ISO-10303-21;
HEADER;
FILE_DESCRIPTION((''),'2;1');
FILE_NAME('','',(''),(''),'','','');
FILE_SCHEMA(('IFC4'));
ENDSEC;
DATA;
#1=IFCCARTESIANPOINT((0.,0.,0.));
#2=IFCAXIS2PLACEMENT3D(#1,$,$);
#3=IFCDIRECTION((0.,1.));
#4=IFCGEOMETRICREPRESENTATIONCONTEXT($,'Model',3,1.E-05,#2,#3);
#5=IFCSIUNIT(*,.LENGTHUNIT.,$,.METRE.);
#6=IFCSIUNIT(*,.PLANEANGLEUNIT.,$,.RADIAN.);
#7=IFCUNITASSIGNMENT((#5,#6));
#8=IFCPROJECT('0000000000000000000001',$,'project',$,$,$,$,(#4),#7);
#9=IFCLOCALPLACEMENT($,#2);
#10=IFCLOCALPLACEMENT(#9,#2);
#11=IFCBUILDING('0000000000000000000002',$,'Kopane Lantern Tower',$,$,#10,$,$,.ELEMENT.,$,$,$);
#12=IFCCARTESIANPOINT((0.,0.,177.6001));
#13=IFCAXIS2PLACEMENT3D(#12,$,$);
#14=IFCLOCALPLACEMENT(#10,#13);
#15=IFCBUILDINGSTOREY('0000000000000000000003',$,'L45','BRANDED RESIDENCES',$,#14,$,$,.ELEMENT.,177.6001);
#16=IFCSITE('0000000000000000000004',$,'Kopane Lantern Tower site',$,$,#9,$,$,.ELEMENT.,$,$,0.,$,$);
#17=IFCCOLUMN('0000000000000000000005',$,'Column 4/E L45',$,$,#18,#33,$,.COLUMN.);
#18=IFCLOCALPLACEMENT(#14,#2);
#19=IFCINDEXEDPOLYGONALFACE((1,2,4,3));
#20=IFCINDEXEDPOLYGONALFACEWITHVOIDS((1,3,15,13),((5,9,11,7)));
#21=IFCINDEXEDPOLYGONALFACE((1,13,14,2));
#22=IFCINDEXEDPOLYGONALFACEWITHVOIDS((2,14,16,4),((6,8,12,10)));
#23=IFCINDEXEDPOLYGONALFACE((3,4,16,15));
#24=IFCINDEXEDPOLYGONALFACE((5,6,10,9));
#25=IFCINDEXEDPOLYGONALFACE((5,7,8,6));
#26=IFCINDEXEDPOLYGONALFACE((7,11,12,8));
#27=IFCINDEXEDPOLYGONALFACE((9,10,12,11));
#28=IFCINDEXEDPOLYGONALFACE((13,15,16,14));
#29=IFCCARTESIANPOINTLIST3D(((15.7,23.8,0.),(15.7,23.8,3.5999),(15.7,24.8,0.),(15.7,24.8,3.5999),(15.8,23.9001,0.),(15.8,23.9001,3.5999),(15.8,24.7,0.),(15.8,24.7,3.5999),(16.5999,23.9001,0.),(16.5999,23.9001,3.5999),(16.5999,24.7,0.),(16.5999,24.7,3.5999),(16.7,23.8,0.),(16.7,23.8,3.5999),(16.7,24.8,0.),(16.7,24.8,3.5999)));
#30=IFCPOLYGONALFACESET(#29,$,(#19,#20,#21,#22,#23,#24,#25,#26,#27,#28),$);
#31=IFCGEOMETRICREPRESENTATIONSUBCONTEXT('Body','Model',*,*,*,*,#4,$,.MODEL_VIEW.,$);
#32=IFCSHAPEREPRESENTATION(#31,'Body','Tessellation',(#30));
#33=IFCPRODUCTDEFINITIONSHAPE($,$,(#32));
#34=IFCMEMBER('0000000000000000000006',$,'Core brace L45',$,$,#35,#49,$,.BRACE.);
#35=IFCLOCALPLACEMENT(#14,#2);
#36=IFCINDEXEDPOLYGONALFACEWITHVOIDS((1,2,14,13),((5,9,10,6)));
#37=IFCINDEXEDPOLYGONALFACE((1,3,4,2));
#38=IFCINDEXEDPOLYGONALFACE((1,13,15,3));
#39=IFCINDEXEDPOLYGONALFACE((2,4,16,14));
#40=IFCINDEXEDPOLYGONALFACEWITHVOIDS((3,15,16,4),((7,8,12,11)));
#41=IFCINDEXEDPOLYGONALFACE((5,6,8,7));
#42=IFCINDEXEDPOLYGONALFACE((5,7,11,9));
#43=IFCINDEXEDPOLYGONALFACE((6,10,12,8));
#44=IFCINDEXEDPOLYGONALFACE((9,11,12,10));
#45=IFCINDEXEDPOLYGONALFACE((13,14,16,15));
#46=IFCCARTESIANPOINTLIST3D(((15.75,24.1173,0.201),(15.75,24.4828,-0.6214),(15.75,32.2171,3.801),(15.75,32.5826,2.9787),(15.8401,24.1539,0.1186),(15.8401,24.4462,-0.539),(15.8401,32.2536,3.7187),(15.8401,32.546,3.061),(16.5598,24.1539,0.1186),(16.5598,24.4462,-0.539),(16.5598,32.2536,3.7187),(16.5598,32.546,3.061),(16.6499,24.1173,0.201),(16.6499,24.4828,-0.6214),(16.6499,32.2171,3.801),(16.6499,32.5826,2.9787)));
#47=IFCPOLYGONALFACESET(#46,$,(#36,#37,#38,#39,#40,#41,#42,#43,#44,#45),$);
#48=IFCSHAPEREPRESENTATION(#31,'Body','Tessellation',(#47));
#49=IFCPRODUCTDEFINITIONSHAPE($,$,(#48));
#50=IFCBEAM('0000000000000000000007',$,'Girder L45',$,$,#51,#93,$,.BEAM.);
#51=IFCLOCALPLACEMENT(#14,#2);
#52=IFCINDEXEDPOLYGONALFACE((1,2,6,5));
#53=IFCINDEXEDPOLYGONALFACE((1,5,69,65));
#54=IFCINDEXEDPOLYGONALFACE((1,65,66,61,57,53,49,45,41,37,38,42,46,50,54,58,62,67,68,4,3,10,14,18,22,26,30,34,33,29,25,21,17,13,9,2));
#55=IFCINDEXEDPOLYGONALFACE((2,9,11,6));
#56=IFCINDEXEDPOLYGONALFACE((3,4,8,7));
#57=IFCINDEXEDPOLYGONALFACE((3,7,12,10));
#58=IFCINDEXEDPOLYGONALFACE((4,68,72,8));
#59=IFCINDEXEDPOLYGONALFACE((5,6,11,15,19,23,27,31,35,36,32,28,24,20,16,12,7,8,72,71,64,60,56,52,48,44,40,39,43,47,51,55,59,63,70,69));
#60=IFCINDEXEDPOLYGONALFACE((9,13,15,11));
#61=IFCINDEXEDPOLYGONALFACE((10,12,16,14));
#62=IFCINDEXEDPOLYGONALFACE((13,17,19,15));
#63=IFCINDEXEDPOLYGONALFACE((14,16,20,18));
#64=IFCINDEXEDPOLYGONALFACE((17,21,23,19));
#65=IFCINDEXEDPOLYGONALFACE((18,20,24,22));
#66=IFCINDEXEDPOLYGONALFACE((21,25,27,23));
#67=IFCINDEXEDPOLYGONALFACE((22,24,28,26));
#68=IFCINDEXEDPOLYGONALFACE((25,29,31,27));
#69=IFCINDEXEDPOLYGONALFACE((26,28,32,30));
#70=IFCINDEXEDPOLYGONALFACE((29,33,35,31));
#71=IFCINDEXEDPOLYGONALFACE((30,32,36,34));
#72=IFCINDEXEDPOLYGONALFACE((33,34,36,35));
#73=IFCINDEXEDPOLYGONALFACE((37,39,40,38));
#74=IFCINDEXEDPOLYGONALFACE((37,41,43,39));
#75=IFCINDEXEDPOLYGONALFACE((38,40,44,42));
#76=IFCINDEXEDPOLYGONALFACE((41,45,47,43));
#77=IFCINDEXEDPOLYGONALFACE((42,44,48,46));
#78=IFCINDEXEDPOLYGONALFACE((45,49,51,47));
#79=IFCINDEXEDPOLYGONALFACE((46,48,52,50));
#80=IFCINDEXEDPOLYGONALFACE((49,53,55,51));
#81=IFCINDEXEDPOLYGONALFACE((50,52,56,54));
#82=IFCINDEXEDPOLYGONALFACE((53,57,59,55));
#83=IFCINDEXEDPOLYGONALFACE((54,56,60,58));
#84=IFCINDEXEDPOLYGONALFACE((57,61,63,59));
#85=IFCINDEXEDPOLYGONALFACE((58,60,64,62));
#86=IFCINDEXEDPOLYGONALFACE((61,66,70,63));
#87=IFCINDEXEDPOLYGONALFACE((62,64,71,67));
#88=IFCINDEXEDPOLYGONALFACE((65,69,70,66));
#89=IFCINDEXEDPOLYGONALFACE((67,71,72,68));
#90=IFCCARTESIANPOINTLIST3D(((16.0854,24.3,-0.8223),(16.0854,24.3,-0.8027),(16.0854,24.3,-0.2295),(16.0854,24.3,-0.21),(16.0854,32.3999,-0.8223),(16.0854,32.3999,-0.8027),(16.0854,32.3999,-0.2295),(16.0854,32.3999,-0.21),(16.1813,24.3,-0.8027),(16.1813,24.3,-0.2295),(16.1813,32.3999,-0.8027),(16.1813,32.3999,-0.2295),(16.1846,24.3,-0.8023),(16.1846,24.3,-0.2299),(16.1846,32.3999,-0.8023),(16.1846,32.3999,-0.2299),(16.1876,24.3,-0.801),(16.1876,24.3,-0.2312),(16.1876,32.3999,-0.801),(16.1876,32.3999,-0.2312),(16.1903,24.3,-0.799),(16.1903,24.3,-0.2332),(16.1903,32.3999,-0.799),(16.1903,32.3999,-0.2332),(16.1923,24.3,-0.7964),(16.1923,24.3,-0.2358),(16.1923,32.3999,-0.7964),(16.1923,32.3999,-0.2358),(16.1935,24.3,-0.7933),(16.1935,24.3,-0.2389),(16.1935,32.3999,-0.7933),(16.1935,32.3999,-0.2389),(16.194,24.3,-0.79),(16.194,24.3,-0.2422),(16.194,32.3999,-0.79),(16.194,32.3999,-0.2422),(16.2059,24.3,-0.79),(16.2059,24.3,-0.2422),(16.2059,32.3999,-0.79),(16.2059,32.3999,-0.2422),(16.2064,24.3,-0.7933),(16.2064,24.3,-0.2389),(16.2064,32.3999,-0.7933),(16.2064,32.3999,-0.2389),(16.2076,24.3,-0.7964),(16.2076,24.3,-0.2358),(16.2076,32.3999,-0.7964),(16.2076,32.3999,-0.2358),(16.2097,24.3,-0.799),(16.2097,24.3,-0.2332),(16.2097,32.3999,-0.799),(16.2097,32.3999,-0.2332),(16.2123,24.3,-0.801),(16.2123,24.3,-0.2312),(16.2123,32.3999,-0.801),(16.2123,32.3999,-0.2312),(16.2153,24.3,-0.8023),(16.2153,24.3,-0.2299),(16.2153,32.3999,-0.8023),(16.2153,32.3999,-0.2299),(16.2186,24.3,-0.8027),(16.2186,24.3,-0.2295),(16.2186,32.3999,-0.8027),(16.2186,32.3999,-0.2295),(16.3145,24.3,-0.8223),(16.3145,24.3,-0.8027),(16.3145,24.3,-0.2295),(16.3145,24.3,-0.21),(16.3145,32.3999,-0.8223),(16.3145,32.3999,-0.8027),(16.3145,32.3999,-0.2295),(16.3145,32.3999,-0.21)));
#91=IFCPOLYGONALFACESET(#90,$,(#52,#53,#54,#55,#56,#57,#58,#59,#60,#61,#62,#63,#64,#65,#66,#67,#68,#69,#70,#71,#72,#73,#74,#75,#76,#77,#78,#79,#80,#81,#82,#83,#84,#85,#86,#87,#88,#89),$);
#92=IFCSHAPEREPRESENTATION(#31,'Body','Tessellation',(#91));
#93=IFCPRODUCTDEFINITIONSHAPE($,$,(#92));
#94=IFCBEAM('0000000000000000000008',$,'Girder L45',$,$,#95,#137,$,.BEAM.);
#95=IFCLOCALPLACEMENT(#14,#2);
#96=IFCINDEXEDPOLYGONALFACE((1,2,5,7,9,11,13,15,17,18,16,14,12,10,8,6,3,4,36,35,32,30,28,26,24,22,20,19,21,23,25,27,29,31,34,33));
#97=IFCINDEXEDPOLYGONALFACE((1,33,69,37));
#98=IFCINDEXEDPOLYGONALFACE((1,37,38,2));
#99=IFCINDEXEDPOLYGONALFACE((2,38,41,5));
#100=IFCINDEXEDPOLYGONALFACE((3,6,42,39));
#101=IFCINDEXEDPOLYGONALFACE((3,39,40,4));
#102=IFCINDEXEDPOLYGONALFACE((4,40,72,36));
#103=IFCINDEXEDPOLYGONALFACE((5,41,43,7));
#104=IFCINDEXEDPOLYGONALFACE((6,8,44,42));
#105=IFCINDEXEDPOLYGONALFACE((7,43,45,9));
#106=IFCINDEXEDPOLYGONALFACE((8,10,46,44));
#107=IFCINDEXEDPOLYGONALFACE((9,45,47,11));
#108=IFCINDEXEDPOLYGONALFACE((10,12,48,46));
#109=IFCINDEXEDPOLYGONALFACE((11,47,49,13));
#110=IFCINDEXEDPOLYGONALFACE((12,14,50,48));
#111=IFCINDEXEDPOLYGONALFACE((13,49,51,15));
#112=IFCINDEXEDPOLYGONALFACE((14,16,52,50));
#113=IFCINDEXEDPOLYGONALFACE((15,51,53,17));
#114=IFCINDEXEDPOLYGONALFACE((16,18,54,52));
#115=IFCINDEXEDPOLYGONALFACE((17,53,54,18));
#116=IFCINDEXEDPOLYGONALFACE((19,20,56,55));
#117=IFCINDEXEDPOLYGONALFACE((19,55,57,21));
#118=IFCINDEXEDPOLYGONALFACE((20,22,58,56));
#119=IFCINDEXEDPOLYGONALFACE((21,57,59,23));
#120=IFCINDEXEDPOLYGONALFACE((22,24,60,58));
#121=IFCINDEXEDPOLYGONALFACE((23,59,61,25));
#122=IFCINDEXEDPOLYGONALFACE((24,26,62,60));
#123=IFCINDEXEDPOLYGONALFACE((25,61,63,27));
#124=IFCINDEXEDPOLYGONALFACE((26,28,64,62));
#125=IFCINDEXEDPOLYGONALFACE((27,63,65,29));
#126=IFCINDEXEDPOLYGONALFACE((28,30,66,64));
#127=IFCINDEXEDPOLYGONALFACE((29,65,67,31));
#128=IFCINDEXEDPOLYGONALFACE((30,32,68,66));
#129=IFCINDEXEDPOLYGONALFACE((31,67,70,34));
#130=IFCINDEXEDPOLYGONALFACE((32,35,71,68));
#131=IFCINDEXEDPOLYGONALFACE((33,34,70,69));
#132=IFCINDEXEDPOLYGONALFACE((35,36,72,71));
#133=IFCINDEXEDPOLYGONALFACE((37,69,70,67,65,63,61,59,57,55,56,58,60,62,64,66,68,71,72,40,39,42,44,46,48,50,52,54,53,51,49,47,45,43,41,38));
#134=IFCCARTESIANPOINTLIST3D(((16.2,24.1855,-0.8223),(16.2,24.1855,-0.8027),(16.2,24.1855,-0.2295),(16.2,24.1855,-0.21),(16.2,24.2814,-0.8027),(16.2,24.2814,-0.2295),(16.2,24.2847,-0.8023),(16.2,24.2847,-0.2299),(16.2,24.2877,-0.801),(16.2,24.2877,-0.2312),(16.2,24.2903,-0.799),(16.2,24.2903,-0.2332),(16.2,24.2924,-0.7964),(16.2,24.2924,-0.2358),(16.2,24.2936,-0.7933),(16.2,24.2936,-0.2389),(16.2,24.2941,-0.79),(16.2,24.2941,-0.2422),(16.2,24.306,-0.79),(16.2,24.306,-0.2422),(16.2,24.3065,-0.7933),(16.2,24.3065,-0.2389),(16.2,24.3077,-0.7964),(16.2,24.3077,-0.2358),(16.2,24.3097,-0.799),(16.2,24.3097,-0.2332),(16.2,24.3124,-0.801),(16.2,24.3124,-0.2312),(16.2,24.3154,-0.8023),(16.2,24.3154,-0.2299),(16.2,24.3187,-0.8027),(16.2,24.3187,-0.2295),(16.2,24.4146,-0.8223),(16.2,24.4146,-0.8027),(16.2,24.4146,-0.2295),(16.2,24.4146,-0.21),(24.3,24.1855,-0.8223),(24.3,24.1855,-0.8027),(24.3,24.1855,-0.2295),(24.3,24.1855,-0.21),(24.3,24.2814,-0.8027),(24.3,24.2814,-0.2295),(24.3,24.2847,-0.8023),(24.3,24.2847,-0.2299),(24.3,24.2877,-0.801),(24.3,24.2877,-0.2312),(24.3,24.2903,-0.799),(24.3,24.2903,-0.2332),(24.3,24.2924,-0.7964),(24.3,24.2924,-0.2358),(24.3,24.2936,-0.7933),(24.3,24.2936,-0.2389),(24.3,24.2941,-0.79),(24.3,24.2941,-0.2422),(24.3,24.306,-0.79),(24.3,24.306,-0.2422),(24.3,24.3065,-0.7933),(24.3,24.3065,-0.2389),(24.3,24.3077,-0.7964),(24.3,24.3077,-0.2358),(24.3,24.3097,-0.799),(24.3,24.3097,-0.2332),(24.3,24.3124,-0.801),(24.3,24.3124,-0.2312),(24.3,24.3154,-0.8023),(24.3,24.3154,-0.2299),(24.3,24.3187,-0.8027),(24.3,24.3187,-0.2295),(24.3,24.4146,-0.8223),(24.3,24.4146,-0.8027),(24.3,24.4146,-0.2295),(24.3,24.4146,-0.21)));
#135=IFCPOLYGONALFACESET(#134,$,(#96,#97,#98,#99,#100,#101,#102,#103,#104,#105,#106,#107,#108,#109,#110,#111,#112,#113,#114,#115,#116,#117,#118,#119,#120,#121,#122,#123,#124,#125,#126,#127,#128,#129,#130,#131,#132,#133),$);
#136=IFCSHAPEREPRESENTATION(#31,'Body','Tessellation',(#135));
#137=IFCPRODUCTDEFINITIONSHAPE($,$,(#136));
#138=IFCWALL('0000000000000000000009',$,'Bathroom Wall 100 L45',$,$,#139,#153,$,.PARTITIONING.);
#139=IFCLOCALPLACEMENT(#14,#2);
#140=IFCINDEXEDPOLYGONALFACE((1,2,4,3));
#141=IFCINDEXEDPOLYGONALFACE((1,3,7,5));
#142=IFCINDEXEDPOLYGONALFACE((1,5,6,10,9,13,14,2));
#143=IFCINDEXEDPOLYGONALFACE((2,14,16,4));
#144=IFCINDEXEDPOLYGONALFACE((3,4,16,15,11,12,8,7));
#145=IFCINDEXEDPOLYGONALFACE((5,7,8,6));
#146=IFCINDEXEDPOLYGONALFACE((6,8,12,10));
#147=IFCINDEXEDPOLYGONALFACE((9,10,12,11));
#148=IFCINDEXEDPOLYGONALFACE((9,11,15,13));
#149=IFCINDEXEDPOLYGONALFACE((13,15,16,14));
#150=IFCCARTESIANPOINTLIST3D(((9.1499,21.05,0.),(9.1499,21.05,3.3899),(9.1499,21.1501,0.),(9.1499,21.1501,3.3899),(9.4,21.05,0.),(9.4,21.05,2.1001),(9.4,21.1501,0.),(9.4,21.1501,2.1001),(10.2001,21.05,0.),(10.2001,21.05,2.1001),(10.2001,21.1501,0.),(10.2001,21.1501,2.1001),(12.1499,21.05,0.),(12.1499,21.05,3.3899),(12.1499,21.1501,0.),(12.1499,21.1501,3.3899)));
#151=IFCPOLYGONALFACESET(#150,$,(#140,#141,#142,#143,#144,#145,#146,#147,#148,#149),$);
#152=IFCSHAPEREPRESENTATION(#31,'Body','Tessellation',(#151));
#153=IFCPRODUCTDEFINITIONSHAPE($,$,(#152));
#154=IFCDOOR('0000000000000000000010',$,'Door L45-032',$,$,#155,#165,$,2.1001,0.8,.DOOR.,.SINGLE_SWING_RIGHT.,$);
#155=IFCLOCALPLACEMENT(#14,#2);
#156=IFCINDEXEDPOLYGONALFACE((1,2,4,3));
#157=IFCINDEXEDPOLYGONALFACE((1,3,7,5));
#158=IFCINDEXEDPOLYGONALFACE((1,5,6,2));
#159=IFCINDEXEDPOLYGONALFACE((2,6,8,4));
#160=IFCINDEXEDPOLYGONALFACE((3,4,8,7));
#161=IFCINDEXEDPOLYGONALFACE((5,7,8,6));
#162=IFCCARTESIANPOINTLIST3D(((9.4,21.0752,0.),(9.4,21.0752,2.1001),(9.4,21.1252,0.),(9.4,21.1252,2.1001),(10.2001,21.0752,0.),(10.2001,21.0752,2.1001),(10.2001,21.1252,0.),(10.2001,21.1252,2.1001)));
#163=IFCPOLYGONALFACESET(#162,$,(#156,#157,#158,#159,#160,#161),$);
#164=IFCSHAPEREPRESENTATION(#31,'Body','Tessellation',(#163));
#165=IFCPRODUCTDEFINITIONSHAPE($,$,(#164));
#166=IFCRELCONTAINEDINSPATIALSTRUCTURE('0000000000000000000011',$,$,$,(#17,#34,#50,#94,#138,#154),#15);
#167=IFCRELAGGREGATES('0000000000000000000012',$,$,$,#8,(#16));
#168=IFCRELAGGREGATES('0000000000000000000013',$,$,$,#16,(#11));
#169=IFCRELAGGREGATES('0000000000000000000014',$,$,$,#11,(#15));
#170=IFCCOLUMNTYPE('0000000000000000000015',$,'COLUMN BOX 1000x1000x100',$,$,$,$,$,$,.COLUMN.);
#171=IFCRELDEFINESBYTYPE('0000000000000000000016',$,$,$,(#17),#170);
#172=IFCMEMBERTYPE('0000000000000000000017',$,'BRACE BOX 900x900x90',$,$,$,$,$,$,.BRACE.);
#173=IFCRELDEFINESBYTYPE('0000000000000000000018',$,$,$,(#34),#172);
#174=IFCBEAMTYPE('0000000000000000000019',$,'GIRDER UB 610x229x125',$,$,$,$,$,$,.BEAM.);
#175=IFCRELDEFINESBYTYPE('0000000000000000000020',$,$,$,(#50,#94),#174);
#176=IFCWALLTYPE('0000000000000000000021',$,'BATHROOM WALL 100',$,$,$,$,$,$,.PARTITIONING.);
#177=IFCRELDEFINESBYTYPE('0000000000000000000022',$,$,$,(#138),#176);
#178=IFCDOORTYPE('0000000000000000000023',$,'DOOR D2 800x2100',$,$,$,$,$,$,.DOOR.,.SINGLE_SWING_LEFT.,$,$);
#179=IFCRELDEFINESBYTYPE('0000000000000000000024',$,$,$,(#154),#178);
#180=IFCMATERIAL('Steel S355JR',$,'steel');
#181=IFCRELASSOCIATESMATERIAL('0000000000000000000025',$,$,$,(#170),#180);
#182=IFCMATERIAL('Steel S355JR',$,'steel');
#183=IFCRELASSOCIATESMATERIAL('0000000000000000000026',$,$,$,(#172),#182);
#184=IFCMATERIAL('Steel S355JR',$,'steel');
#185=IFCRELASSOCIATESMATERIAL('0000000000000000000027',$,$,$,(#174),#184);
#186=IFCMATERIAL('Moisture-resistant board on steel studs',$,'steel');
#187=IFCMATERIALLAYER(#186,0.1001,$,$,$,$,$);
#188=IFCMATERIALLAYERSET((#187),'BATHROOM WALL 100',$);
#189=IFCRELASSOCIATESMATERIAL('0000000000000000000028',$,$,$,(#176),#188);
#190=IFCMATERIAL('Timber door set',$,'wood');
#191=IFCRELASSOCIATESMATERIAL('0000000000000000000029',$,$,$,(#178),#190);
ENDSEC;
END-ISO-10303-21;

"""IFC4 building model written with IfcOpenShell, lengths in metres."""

from ifc_helpers import new_model, si_unit, direction, frame, frame_2d, origin, origin_2d, place, context, subcontext, project, spatial, rectangle, hollow_rectangle, i_section, extrude, material, layer, layer_set, material_profile, profile_set, type_object, element, fill, save


model = new_model("IFC4")

# Units and contexts
model_context = context("Model", 3, precision=1e-05, world=origin(), true_north=direction((0.0, 1.0)))
body_context = subcontext(model_context, "Body", "Model", "MODEL_VIEW")
ifc_project = project(units=[si_unit("LENGTHUNIT", "METRE"), si_unit("PLANEANGLEUNIT", "RADIAN")], contexts=[model_context])

# Site, building, storey
site_placement = place(None, origin())
site = spatial("IfcSite", under=ifc_project, at=site_placement, Name="Kopane Lantern Tower site", CompositionType="ELEMENT", RefElevation=0.0)
building_placement = place(site_placement, origin())
building = spatial("IfcBuilding", under=site, at=building_placement, Name="Kopane Lantern Tower", CompositionType="ELEMENT")
storey_placement = place(building_placement, frame((0.0, 0.0, 177.6001)))
storey = spatial("IfcBuildingStorey", under=building, at=storey_placement, Name="L45", Description="BRANDED RESIDENCES", CompositionType="ELEMENT", Elevation=177.6001)

# Column
ifc_material_1 = material(Name="Steel S355JR", Category="steel")
ifc_material_profile_1 = material_profile(ifc_material_1, hollow_rectangle(XDim=1.0, YDim=1.0, WallThickness=0.1001, at=origin_2d()), Name="BOX 1000x1000x100")
ifc_profile_set_1 = profile_set([ifc_material_profile_1], Name="Steel S355JR")
column_type = type_object("IfcColumnType", Name="COLUMN BOX 1000x1000x100", PredefinedType="COLUMN", material=ifc_profile_set_1)
column_placement = place(storey_placement, frame((16.2, 24.3, 0.0), z_axis=(0.0, 0.0, 1.0), x_axis=(1.0, 0.0, 0.0)))
element("IfcColumn", 1, at=column_placement, inside=storey, type_object=column_type, Name="Column 4/E L45", PredefinedType="COLUMN", context=body_context, shape_type="SweptSolid", body=[
    extrude(hollow_rectangle(XDim=1.0, YDim=1.0, WallThickness=0.1001, at=origin_2d()), origin(), (0.0, 0.0, 1.0), 3.5999),
])

# Member
ifc_material_2 = material(Name="Steel S355JR", Category="steel")
ifc_material_profile_2 = material_profile(ifc_material_2, hollow_rectangle(XDim=0.8999, YDim=0.8999, WallThickness=0.0901, at=origin_2d()), Name="BOX 900x900x90")
ifc_profile_set_2 = profile_set([ifc_material_profile_2], Name="Steel S355JR")
member_type = type_object("IfcMemberType", Name="BRACE BOX 900x900x90", PredefinedType="BRACE", material=ifc_profile_set_2)
member_placement = place(storey_placement, frame((16.2, 24.3, -0.2102), z_axis=(0.0, 0.913805, 0.406154), x_axis=(-1.0, 0.0, 0.0)))
element("IfcMember", 2, at=member_placement, inside=storey, type_object=member_type, Name="Core brace L45", PredefinedType="BRACE", context=body_context, shape_type="SweptSolid", body=[
    extrude(hollow_rectangle(XDim=0.8999, YDim=0.8999, WallThickness=0.0901, at=origin_2d()), origin(), (0.0, 0.0, 1.0), 8.8638),
])

# Beams
ifc_material_3 = material(Name="Steel S355JR", Category="steel")
ifc_material_profile_3 = material_profile(ifc_material_3, i_section(OverallWidth=0.229, OverallDepth=0.6123, WebThickness=0.012, FlangeThickness=0.0195, FilletRadius=0.0127, at=origin_2d()), Name="UB 610x229x125")
ifc_profile_set_3 = profile_set([ifc_material_profile_3], Name="Steel S355JR")
beam_type = type_object("IfcBeamType", Name="GIRDER UB 610x229x125", PredefinedType="BEAM", material=ifc_profile_set_3)
beam_1_placement = place(storey_placement, frame((16.2, 24.3, -0.5161), z_axis=(0.0, 1.0, 0.0), x_axis=(-1.0, 0.0, 0.0)))
element("IfcBeam", 3, at=beam_1_placement, inside=storey, type_object=beam_type, Name="Girder L45", PredefinedType="BEAM", context=body_context, shape_type="SweptSolid", body=[
    extrude(i_section(OverallWidth=0.229, OverallDepth=0.6123, WebThickness=0.012, FlangeThickness=0.0195, FilletRadius=0.0127, at=origin_2d()), origin(), (0.0, 0.0, 1.0), 8.0999),
])
beam_2_placement = place(storey_placement, frame((16.2, 24.3, -0.5161), z_axis=(1.0, 0.0, 0.0), x_axis=(0.0, 1.0, 0.0)))
element("IfcBeam", 4, at=beam_2_placement, inside=storey, type_object=beam_type, Name="Girder L45", PredefinedType="BEAM", context=body_context, shape_type="SweptSolid", body=[
    extrude(i_section(OverallWidth=0.229, OverallDepth=0.6123, WebThickness=0.012, FlangeThickness=0.0195, FilletRadius=0.0127, at=origin_2d()), origin(), (0.0, 0.0, 1.0), 8.1001),
])

# Wall, opening, door
ifc_material_4 = material(Name="Moisture-resistant board on steel studs", Category="steel")
ifc_layer_1 = layer(ifc_material_4, 0.1001)
ifc_layer_set_1 = layer_set([ifc_layer_1], Name="BATHROOM WALL 100")
wall_type_1 = type_object("IfcWallType", Name="BATHROOM WALL 100", PredefinedType="PARTITIONING", material=ifc_layer_set_1)
wall_1_placement = place(storey_placement, frame((12.1499, 21.1001, 0.0), z_axis=(0.0, 0.0, 1.0), x_axis=(-1.0, 0.0, 0.0)))
wall_1 = element("IfcWall", 5, at=wall_1_placement, inside=storey, type_object=wall_type_1, Name="Bathroom Wall 100 L45", PredefinedType="PARTITIONING", context=body_context, shape_type="SweptSolid", body=[
    extrude(rectangle(XDim=3.0, YDim=0.1001, at=frame_2d((1.5, 0.0))), origin(), (0.0, 0.0, 1.0), 3.3899),
])
opening_1_placement = place(wall_1_placement, frame((1.95, 0.0, 0.0)))
opening_1 = element("IfcOpeningElement", 6, at=opening_1_placement, cuts=wall_1, PredefinedType="OPENING", context=body_context, shape_type="SweptSolid", body=[
    extrude(rectangle(XDim=0.8, YDim=2.1001, at=frame_2d((0.3999, 1.05))), frame((0.0, 0.0601, 0.0), z_axis=(0.0, -1.0, 0.0), x_axis=(1.0, 0.0, 0.0)), (0.0, 0.0, 1.0), 0.1201),
])
ifc_material_5 = material(Name="Timber door set", Category="wood")
door_type_1 = type_object("IfcDoorType", Name="DOOR D2 800x2100", OperationType="SINGLE_SWING_LEFT", PredefinedType="DOOR", material=ifc_material_5)
door_1_placement = place(opening_1_placement, origin())
door_1 = element("IfcDoor", 7, at=door_1_placement, inside=storey, type_object=door_type_1, Name="Door L45-032", OperationType="SINGLE_SWING_RIGHT", OverallHeight=2.1001, OverallWidth=0.8, PredefinedType="DOOR", context=body_context, shape_type="SweptSolid", body=[
    extrude(rectangle(XDim=0.8, YDim=2.1001, at=frame_2d((0.3999, 1.05))), frame((0.0, 0.0249, 0.0), z_axis=(0.0, -1.0, 0.0), x_axis=(1.0, 0.0, 0.0)), (0.0, 0.0, 1.0), 0.05),
])
fill(opening_1, door_1)

save(model, "model.ifc")
